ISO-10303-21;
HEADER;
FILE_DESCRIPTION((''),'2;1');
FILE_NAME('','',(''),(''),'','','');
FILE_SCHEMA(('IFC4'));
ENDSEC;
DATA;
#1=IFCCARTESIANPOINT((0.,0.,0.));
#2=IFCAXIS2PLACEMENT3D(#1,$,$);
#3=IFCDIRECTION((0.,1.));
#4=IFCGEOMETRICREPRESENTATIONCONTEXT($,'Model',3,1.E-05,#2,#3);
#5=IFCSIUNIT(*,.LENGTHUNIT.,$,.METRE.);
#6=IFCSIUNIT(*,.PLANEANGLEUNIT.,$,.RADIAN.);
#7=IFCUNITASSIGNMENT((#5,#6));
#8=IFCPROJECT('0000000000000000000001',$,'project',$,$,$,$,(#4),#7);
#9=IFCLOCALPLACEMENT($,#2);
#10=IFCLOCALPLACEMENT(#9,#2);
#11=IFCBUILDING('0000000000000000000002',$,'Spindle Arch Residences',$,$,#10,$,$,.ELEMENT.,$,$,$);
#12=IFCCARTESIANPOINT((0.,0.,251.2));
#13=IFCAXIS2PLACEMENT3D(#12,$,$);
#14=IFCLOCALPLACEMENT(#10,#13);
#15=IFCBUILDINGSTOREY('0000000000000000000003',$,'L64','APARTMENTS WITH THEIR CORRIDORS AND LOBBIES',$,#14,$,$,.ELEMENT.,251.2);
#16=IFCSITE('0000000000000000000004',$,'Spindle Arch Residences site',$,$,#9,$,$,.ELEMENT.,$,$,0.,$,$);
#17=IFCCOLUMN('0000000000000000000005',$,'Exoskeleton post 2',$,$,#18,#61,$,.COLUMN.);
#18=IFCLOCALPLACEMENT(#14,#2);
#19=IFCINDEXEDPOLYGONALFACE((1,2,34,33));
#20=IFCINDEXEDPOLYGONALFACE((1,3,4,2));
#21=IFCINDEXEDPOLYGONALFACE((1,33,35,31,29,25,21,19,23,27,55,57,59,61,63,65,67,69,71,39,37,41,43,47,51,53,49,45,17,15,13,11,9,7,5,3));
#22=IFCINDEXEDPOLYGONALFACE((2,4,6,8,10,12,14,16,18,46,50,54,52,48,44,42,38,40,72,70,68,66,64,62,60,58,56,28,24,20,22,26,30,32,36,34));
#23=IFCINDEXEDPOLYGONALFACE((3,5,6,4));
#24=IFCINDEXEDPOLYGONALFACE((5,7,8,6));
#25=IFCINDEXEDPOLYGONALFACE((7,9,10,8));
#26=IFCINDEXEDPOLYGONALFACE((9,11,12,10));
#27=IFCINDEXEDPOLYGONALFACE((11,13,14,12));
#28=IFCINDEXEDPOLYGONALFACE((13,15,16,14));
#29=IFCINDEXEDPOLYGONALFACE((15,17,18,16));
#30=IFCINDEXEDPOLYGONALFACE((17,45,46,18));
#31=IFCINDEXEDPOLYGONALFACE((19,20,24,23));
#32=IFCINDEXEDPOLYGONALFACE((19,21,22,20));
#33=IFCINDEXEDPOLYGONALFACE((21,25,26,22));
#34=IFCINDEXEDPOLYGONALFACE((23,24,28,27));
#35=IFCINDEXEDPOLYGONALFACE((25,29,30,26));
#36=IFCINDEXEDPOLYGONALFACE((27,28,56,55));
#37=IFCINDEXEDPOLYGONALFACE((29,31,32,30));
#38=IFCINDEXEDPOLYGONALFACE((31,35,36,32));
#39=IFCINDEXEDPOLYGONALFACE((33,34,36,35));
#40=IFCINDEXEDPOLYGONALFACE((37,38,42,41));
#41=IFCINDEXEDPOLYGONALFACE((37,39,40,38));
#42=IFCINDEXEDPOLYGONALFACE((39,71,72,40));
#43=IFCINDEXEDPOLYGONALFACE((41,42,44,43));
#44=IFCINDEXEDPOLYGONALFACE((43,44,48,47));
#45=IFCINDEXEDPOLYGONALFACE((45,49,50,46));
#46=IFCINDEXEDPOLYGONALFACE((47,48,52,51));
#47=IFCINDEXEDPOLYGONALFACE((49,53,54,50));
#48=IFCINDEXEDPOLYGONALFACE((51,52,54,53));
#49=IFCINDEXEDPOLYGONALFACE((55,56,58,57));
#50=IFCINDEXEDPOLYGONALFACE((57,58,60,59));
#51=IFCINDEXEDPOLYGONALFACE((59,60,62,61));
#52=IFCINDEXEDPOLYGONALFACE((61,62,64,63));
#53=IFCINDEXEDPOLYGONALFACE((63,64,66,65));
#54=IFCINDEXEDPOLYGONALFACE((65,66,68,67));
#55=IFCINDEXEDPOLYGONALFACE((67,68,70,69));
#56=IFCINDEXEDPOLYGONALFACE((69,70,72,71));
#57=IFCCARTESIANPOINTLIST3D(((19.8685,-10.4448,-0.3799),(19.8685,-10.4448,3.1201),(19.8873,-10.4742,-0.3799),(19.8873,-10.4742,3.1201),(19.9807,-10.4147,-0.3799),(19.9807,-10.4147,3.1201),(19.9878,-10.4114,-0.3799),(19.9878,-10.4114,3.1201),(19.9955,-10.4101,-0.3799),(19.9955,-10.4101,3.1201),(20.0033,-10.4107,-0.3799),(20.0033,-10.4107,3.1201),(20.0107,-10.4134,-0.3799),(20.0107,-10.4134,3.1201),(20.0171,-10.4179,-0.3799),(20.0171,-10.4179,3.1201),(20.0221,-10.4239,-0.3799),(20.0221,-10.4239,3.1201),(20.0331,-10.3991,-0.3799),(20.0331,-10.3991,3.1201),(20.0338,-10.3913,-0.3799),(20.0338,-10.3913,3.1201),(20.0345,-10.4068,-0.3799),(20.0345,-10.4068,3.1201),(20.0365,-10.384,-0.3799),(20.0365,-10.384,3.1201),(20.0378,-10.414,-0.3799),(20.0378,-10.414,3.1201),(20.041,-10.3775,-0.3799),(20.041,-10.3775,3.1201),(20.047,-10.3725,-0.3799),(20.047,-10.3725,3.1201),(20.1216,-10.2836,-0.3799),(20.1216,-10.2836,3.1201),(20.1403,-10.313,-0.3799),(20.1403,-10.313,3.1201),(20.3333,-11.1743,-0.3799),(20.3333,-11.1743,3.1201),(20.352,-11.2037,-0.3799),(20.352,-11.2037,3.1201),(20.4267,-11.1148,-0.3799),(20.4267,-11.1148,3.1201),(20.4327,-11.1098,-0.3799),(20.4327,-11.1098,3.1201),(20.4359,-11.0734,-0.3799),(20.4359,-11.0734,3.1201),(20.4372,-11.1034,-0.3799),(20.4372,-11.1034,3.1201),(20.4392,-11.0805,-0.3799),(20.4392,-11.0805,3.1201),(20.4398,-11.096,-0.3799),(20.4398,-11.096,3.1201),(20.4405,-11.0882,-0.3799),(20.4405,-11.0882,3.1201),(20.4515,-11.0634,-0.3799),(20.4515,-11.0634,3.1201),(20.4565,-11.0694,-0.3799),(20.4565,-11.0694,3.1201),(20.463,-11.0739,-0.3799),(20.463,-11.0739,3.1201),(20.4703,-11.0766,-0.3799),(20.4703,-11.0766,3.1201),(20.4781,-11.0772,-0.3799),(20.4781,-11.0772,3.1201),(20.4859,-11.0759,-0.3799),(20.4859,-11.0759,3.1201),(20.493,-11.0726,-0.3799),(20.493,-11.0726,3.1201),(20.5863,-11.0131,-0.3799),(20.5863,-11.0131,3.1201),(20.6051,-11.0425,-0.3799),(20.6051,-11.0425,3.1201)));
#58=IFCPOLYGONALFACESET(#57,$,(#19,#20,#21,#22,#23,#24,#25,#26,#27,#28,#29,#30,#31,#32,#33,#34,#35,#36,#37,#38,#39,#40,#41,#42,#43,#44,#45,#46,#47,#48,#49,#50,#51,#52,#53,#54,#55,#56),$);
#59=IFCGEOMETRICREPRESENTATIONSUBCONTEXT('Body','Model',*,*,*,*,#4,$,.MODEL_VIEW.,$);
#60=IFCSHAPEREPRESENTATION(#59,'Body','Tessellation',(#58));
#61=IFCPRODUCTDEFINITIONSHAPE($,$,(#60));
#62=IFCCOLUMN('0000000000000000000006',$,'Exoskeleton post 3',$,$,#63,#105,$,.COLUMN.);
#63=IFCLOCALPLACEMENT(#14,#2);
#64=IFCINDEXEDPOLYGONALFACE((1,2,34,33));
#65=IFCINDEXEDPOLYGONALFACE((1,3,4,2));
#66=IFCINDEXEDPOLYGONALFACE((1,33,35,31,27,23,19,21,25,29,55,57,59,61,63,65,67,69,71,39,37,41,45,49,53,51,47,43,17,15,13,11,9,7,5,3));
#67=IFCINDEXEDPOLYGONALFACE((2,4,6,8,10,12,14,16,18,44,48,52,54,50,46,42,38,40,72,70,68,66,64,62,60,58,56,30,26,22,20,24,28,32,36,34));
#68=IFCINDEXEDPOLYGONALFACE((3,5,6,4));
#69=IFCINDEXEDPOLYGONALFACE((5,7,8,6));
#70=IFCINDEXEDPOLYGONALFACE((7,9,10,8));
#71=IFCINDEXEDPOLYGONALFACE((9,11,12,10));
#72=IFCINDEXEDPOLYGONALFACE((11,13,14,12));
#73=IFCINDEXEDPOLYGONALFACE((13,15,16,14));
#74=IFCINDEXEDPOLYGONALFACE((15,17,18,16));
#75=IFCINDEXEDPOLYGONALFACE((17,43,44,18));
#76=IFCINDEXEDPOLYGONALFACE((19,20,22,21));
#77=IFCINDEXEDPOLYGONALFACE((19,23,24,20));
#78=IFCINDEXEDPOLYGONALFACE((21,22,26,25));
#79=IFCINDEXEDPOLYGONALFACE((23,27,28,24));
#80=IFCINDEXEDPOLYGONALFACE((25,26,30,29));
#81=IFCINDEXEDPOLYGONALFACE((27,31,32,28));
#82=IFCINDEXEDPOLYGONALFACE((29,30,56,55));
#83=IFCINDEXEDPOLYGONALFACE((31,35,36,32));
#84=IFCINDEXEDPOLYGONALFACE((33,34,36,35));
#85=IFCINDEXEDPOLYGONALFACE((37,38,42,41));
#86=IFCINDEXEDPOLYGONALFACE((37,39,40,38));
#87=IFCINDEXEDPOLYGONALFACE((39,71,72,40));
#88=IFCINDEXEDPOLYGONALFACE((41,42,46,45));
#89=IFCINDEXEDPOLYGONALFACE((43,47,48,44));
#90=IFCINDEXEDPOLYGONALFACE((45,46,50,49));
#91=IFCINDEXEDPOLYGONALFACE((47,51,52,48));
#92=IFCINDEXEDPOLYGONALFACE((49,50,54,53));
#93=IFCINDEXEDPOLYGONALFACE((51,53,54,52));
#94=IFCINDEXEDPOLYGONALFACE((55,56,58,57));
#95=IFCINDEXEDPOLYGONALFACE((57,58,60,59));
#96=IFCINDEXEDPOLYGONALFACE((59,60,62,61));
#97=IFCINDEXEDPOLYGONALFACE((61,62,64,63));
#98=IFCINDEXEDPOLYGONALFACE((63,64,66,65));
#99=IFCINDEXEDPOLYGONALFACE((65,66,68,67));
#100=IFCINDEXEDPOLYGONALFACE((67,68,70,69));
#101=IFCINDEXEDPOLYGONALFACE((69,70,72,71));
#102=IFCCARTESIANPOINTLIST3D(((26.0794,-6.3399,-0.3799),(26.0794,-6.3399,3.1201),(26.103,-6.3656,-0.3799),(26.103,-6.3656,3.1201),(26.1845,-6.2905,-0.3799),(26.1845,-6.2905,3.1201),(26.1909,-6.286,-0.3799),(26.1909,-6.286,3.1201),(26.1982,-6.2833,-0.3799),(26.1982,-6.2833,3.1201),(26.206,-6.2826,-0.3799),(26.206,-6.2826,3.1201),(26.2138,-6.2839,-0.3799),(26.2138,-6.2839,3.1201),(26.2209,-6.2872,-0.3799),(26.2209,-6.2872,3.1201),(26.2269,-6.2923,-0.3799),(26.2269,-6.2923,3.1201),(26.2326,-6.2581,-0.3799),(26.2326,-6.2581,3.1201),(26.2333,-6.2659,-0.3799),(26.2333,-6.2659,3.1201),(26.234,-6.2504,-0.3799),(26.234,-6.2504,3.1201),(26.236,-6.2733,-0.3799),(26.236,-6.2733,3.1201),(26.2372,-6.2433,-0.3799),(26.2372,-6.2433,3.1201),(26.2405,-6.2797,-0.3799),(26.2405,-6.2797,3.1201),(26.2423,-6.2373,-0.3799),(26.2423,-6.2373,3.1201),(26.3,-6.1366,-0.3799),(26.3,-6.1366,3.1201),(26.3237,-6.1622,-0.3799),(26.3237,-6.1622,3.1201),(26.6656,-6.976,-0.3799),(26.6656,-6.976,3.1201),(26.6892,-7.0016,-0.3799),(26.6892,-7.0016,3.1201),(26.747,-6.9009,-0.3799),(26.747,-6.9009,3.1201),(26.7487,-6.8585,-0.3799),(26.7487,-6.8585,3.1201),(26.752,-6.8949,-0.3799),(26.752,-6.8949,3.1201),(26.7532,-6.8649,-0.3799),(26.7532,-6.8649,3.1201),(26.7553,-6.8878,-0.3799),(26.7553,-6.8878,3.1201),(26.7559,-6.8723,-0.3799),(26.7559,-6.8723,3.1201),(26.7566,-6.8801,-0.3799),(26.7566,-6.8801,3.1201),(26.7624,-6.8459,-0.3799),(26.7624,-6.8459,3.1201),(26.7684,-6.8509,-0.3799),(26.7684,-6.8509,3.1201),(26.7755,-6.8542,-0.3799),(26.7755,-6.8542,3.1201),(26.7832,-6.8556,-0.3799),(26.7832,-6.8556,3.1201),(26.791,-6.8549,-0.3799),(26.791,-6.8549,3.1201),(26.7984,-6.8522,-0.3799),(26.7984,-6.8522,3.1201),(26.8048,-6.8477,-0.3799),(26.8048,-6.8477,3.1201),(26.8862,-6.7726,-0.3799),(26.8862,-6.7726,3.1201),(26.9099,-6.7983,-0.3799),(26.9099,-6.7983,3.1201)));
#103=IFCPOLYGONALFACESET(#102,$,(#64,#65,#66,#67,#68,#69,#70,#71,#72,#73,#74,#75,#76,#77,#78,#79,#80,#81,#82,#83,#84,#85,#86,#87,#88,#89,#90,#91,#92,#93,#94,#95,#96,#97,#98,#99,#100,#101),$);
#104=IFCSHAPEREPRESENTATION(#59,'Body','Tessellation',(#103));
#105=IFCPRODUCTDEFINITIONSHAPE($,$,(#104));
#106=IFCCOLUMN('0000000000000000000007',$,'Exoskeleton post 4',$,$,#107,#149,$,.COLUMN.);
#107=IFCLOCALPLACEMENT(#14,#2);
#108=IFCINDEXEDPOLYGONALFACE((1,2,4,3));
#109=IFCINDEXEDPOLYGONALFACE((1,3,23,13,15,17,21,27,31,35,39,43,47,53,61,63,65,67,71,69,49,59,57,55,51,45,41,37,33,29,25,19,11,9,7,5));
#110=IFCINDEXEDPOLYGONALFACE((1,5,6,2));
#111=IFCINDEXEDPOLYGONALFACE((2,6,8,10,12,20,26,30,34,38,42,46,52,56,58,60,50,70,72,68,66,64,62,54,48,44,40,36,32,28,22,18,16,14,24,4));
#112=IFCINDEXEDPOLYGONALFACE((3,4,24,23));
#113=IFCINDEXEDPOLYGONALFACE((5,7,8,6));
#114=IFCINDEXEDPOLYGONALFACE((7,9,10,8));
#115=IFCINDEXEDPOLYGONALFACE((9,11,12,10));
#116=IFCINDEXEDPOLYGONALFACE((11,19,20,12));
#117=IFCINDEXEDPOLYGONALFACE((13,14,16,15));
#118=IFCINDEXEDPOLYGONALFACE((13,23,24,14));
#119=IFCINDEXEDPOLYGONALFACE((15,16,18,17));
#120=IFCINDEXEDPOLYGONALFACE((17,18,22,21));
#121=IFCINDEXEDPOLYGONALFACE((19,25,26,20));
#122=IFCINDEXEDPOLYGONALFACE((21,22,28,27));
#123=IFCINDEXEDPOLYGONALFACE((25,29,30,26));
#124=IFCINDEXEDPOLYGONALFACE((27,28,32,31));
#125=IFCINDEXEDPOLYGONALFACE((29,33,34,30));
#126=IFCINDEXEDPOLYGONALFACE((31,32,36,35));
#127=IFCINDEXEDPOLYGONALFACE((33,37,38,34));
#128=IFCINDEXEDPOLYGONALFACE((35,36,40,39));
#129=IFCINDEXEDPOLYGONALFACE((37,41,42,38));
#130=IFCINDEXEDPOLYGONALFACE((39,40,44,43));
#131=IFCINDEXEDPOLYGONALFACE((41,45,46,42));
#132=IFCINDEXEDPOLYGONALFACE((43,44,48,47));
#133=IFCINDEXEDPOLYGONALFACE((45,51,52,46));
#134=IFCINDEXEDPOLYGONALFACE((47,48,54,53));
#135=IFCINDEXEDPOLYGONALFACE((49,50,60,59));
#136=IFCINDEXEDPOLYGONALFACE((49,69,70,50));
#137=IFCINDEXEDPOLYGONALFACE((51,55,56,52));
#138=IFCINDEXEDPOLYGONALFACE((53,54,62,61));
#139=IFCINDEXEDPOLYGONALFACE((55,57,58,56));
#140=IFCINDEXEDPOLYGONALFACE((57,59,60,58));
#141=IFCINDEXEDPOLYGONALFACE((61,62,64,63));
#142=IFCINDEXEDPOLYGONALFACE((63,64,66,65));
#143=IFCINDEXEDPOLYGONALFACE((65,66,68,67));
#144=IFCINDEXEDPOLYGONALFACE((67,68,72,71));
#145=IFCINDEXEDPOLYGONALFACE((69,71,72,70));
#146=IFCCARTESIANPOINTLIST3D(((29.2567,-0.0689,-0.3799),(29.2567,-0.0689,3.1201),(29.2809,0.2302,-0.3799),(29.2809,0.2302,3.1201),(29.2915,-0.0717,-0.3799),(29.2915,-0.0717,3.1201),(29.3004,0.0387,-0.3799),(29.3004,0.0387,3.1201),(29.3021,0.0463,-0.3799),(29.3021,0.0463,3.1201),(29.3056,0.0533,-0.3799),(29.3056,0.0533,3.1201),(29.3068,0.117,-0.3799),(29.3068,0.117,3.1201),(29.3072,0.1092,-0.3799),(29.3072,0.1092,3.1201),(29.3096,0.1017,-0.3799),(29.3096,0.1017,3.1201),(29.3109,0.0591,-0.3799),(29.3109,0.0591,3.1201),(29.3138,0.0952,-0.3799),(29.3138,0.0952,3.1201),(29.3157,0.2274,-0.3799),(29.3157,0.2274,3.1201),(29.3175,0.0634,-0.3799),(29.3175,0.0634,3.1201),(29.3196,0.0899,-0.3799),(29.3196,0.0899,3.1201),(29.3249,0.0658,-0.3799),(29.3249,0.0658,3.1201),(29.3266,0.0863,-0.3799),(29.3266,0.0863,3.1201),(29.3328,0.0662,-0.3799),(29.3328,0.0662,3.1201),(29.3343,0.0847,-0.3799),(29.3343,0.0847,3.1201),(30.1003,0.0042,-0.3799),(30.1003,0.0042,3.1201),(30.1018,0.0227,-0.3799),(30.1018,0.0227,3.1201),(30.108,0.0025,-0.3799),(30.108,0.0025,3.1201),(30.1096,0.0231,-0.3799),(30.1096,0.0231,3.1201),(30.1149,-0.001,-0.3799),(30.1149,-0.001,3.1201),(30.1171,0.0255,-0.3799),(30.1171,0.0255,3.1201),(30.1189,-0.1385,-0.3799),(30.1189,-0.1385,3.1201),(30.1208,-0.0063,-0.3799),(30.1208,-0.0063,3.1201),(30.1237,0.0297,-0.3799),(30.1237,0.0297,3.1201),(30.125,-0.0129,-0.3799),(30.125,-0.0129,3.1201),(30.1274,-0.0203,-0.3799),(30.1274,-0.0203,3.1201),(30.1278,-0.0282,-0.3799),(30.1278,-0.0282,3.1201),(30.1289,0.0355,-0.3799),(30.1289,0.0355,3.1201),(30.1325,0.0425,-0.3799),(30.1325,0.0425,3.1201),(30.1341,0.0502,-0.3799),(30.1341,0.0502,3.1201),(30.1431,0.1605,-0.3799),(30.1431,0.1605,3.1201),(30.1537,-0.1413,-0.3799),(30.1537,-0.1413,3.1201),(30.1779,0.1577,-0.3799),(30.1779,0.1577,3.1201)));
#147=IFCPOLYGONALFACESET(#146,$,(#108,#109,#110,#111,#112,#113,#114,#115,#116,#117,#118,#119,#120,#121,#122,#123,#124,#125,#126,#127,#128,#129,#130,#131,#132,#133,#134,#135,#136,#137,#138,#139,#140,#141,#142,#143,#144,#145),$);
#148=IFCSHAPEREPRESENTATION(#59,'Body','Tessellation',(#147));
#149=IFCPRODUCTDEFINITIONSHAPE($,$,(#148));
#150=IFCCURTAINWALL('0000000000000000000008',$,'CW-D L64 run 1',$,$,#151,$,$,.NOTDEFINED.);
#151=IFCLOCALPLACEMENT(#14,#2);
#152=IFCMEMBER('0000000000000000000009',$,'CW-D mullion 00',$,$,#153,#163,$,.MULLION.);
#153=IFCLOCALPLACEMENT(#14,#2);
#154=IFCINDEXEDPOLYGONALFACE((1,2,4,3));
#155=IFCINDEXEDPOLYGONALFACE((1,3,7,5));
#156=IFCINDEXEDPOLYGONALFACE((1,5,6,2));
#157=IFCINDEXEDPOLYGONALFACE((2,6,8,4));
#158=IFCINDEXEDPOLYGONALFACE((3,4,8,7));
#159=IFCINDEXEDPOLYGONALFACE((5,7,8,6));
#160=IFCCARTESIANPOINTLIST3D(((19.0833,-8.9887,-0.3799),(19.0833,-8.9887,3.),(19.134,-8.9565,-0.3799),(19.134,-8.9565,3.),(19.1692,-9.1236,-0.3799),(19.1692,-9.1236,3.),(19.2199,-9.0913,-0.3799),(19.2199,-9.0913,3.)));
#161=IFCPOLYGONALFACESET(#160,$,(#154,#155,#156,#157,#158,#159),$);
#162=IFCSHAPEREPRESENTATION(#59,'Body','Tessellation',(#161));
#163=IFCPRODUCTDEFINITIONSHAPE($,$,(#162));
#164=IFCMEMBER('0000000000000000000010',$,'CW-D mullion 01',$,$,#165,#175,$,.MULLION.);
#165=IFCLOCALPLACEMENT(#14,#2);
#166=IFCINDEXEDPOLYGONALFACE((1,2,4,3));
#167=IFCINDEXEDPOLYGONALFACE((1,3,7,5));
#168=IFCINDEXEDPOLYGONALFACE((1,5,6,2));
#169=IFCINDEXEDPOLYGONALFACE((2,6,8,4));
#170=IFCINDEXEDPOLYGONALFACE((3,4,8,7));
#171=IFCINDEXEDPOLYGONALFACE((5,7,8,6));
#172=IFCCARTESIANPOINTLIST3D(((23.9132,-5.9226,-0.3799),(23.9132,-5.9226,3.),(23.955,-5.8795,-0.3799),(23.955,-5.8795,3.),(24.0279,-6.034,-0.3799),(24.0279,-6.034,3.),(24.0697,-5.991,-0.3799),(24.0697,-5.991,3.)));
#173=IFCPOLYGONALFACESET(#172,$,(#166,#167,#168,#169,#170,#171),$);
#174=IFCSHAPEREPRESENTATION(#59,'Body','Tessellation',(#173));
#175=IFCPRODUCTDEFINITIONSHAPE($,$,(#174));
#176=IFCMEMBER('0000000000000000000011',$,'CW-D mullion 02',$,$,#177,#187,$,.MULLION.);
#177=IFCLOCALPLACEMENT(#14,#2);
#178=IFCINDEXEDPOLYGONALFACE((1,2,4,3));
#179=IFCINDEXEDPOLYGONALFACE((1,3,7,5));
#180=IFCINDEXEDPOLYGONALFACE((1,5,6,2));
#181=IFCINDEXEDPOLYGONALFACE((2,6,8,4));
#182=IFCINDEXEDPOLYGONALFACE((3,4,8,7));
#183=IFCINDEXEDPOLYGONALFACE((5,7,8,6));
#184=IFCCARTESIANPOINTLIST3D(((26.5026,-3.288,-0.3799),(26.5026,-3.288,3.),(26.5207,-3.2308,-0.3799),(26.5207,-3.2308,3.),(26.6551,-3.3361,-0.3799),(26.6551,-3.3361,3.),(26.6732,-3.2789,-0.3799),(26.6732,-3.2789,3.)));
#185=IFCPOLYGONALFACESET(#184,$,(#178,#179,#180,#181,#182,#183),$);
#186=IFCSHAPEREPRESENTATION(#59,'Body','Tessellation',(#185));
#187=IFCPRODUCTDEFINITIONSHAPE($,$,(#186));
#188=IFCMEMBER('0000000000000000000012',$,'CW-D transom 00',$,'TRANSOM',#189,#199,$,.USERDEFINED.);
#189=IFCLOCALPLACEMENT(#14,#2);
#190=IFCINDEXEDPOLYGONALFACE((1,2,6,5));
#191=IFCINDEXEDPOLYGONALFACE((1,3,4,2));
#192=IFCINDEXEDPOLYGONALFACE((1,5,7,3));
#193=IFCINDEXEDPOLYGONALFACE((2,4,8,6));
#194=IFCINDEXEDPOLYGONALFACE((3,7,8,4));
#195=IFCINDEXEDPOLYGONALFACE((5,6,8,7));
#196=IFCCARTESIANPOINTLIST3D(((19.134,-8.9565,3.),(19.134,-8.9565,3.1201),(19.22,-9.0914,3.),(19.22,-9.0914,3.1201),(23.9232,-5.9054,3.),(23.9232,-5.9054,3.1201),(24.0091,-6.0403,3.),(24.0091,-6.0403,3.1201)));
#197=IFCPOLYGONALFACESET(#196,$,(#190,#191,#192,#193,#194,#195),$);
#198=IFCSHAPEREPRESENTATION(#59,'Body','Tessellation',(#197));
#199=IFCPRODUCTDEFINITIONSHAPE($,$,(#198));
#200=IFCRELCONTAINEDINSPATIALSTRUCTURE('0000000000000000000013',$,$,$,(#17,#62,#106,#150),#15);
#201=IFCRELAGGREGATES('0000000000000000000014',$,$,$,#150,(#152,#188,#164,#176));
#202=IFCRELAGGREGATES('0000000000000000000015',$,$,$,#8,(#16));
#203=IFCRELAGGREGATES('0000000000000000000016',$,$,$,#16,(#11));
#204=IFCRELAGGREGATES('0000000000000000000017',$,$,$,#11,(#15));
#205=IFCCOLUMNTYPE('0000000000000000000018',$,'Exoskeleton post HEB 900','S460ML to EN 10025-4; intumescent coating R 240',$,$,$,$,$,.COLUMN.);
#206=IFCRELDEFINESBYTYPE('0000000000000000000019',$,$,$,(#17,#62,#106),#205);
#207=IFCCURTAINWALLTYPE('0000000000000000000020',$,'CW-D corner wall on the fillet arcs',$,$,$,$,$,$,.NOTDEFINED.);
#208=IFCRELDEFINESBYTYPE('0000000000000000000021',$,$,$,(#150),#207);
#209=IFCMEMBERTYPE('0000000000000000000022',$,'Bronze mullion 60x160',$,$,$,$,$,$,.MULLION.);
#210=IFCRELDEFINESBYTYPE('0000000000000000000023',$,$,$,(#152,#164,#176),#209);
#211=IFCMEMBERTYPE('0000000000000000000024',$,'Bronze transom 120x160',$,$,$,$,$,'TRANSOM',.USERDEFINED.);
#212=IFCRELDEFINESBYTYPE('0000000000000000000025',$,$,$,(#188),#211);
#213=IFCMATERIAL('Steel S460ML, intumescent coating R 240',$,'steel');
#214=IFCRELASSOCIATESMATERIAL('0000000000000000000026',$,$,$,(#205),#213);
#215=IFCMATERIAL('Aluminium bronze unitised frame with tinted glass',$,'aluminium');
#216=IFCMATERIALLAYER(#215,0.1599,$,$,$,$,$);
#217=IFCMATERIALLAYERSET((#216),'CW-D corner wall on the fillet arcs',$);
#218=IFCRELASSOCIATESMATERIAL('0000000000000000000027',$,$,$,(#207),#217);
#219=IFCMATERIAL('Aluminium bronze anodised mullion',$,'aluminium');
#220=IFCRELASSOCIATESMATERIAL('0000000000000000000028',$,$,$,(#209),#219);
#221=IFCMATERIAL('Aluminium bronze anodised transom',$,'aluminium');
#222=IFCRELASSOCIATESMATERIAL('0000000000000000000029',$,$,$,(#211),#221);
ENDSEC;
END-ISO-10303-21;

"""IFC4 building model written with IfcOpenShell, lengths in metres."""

from ifc_helpers import new_model, si_unit, direction, frame, origin, origin_2d, place, context, subcontext, project, spatial, rectangle, i_section, extrude, material, layer, layer_set, material_profile, profile_set, type_object, element, aggregate, save


model = new_model("IFC4")

# Units and contexts
model_context = context("Model", 3, precision=1e-05, world=origin(), true_north=direction((0.0, 1.0)))
body_context = subcontext(model_context, "Body", "Model", "MODEL_VIEW")
ifc_project = project(units=[si_unit("LENGTHUNIT", "METRE"), si_unit("PLANEANGLEUNIT", "RADIAN")], contexts=[model_context])

# Site, building, storey
site_placement = place(None, origin())
site = spatial("IfcSite", under=ifc_project, at=site_placement, Name="Spindle Arch Residences site", CompositionType="ELEMENT", RefElevation=0.0)
building_placement = place(site_placement, origin())
building = spatial("IfcBuilding", under=site, at=building_placement, Name="Spindle Arch Residences", CompositionType="ELEMENT")
storey_placement = place(building_placement, frame((0.0, 0.0, 251.2)))
storey = spatial("IfcBuildingStorey", under=building, at=storey_placement, Name="L64", Description="APARTMENTS WITH THEIR CORRIDORS AND LOBBIES", CompositionType="ELEMENT", Elevation=251.2)

# Columns
ifc_material_1 = material(Name="Steel S460ML, intumescent coating R 240", Category="steel")
ifc_material_profile_1 = material_profile(ifc_material_1, i_section(OverallWidth=0.3, OverallDepth=0.8999, WebThickness=0.0186, FlangeThickness=0.0349, FilletRadius=0.03, at=origin_2d()), Name="HEB 900")
ifc_profile_set_1 = profile_set([ifc_material_profile_1], Name="Steel S460ML, intumescent coating R 240")
column_type = type_object("IfcColumnType", Name="Exoskeleton post HEB 900", Description="S460ML to EN 10025-4; intumescent coating R 240", PredefinedType="COLUMN", material=ifc_profile_set_1)
for number, where, z_axis, x_axis, name in (
    (1, (20.2368, -10.7437, -0.3799), (0.0, 0.0, 1.0), (-0.843391, -0.5373, 0.0), "Exoskeleton post 2"),
    (2, (26.4946, -6.5691, -0.3799), (0.0, 0.0, 1.0), (-0.735347, -0.677691, 0.0), "Exoskeleton post 3"),
    (3, (29.7173, 0.0444, -0.3799), (0.0, 0.0, 1.0), (-0.080538, -0.996752, 0.0), "Exoskeleton post 4"),
):
    element("IfcColumn", number, at=place(storey_placement, frame(where, z_axis=z_axis, x_axis=x_axis)), inside=storey, type_object=column_type, Name=name, PredefinedType="COLUMN", context=body_context, shape_type="SweptSolid", body=[
        extrude(i_section(OverallWidth=0.3, OverallDepth=0.8999, WebThickness=0.0186, FlangeThickness=0.0349, FilletRadius=0.03, at=origin_2d()), origin(), (0.0, 0.0, 1.0), 3.5),
    ])

# Curtain wall, members
ifc_material_2 = material(Name="Aluminium bronze unitised frame with tinted glass", Category="aluminium")
ifc_layer_1 = layer(ifc_material_2, 0.1599)
ifc_layer_set_1 = layer_set([ifc_layer_1], Name="CW-D corner wall on the fillet arcs")
curtain_wall_type = type_object("IfcCurtainWallType", Name="CW-D corner wall on the fillet arcs", PredefinedType="NOTDEFINED", material=ifc_layer_set_1)
curtain_wall_placement = place(storey_placement, origin())
curtain_wall = element("IfcCurtainWall", 4, at=curtain_wall_placement, inside=storey, type_object=curtain_wall_type, Name="CW-D L64 run 1", PredefinedType="NOTDEFINED")
ifc_material_3 = material(Name="Aluminium bronze anodised mullion", Category="aluminium")
ifc_material_profile_2 = material_profile(ifc_material_3, rectangle(XDim=0.1599, YDim=0.0601, at=origin_2d()), Name="MU 60x160")
ifc_profile_set_2 = profile_set([ifc_material_profile_2], Name="Aluminium bronze anodised mullion")
member_type_1 = type_object("IfcMemberType", Name="Bronze mullion 60x160", PredefinedType="MULLION", material=ifc_profile_set_2)
member_1_placement = place(storey_placement, frame((19.1516, -9.04, -0.3799), z_axis=(0.0, 0.0, 1.0), x_axis=(-0.5373, 0.843391, 0.0)))
member_1 = element("IfcMember", 5, at=member_1_placement, type_object=member_type_1, Name="CW-D mullion 00", PredefinedType="MULLION", context=body_context, shape_type="SweptSolid", body=[
    extrude(rectangle(XDim=0.1599, YDim=0.0601, at=origin_2d()), origin(), (0.0, 0.0, 1.0), 3.3799),
])
member_2_placement = place(storey_placement, frame((23.9915, -5.9568, -0.3799), z_axis=(0.0, 0.0, 1.0), x_axis=(-0.717316, 0.696748, 0.0)))
member_2 = element("IfcMember", 6, at=member_2_placement, type_object=member_type_1, Name="CW-D mullion 01", PredefinedType="MULLION", context=body_context, shape_type="SweptSolid", body=[
    extrude(rectangle(XDim=0.1599, YDim=0.0601, at=origin_2d()), origin(), (0.0, 0.0, 1.0), 3.3799),
])
member_3_placement = place(storey_placement, frame((26.5879, -3.2834, -0.3799), z_axis=(0.0, 0.0, 1.0), x_axis=(-0.953717, 0.300706, 0.0)))
member_3 = element("IfcMember", 7, at=member_3_placement, type_object=member_type_1, Name="CW-D mullion 02", PredefinedType="MULLION", context=body_context, shape_type="SweptSolid", body=[
    extrude(rectangle(XDim=0.1599, YDim=0.0601, at=origin_2d()), origin(), (0.0, 0.0, 1.0), 3.3799),
])
ifc_material_4 = material(Name="Aluminium bronze anodised transom", Category="aluminium")
ifc_material_profile_3 = material_profile(ifc_material_4, rectangle(XDim=0.1599, YDim=0.1201, at=origin_2d()), Name="TR 120x160")
ifc_profile_set_3 = profile_set([ifc_material_profile_3], Name="Aluminium bronze anodised transom")
member_type_2 = type_object("IfcMemberType", Name="Bronze transom 120x160", ElementType="TRANSOM", PredefinedType="USERDEFINED", material=ifc_profile_set_3)
member_4_placement = place(storey_placement, frame((19.177, -9.0239, 3.0601), z_axis=(0.843387, 0.537307, 0.0), x_axis=(-0.537307, 0.843387, 0.0)))
member_4 = element("IfcMember", 8, at=member_4_placement, type_object=member_type_2, Name="CW-D transom 00", ObjectType="TRANSOM", PredefinedType="USERDEFINED", context=body_context, shape_type="SweptSolid", body=[
    extrude(rectangle(XDim=0.1599, YDim=0.1201, at=origin_2d()), origin(), (0.0, 0.0, 1.0), 5.6785),
])

aggregate(curtain_wall, [member_1, member_4, member_2, member_3])

save(model, "model.ifc")
